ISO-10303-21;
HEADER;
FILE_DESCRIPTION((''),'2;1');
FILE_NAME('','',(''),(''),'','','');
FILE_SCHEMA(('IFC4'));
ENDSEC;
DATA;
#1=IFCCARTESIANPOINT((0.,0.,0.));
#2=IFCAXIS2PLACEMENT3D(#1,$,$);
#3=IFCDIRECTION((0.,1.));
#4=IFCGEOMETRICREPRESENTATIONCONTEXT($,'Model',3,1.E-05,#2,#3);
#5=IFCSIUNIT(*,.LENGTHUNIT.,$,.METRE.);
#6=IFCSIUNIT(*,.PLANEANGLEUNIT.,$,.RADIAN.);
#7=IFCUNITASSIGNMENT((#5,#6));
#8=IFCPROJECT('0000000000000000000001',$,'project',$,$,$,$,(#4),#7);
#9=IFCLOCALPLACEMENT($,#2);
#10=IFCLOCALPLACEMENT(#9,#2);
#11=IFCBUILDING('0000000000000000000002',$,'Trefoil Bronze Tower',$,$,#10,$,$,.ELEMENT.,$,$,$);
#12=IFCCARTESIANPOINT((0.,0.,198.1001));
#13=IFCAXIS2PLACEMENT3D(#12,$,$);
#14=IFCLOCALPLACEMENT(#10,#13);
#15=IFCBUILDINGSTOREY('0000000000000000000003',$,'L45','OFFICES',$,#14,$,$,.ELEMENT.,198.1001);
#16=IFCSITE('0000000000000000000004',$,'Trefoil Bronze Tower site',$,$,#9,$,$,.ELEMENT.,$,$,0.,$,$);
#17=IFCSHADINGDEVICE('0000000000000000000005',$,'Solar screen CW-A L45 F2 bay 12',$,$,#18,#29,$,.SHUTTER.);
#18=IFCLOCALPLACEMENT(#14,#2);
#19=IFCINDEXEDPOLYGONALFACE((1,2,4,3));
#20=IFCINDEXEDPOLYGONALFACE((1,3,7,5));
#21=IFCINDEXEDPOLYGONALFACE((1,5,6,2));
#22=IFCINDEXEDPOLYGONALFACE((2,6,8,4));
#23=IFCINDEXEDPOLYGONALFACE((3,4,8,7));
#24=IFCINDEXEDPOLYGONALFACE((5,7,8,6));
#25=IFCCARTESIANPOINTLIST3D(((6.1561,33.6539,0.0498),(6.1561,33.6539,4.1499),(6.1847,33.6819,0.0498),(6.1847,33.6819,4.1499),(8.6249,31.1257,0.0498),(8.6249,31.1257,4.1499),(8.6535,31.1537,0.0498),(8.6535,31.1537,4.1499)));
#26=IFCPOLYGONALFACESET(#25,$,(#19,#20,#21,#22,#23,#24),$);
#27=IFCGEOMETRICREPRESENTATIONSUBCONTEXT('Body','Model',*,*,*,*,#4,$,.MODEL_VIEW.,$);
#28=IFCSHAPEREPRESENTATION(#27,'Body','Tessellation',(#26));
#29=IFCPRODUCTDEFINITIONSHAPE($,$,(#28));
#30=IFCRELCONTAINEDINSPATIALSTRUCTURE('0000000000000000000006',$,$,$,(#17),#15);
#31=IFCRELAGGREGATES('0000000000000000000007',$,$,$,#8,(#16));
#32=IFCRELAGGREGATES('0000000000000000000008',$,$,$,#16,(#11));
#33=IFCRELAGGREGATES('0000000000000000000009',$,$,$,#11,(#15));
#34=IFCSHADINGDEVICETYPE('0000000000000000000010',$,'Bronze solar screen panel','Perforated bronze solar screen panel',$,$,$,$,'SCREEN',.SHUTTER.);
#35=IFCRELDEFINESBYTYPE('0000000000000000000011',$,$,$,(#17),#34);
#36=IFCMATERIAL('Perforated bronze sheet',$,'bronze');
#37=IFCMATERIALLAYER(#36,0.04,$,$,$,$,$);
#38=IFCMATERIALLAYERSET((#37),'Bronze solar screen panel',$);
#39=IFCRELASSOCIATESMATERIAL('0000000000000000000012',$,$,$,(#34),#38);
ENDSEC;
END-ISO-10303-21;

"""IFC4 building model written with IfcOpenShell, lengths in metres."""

from ifc_helpers import new_model, si_unit, direction, frame, origin, origin_2d, place, context, subcontext, project, spatial, rectangle, extrude, material, layer, layer_set, type_object, element, save


model = new_model("IFC4")

# Units and contexts
model_context = context("Model", 3, precision=1e-05, world=origin(), true_north=direction((0.0, 1.0)))
body_context = subcontext(model_context, "Body", "Model", "MODEL_VIEW")
ifc_project = project(units=[si_unit("LENGTHUNIT", "METRE"), si_unit("PLANEANGLEUNIT", "RADIAN")], contexts=[model_context])

# Site, building, storey
site_placement = place(None, origin())
site = spatial("IfcSite", under=ifc_project, at=site_placement, Name="Trefoil Bronze Tower site", CompositionType="ELEMENT", RefElevation=0.0)
building_placement = place(site_placement, origin())
building = spatial("IfcBuilding", under=site, at=building_placement, Name="Trefoil Bronze Tower", CompositionType="ELEMENT")
storey_placement = place(building_placement, frame((0.0, 0.0, 198.1001)))
storey = spatial("IfcBuildingStorey", under=building, at=storey_placement, Name="L45", Description="OFFICES", CompositionType="ELEMENT", Elevation=198.1001)

# Shading device
ifc_material_1 = material(Name="Perforated bronze sheet", Category="bronze")
ifc_layer_1 = layer(ifc_material_1, 0.04)
ifc_layer_set_1 = layer_set([ifc_layer_1], Name="Bronze solar screen panel")
shading_device_type = type_object("IfcShadingDeviceType", Name="Bronze solar screen panel", Description="Perforated bronze solar screen panel", ElementType="SCREEN", PredefinedType="SHUTTER", material=ifc_layer_set_1)
shading_device_1_placement = place(storey_placement, frame((7.4048, 32.4038, 0.0498), z_axis=(0.0, 0.0, 1.0), x_axis=(-0.698652, 0.715462, 0.0)))
element("IfcShadingDevice", 1, at=shading_device_1_placement, inside=storey, type_object=shading_device_type, Name="Solar screen CW-A L45 F2 bay 12", PredefinedType="SHUTTER", context=body_context, shape_type="SweptSolid", body=[
    extrude(rectangle(XDim=3.5337, YDim=0.04, at=origin_2d()), origin(), (0.0, 0.0, 1.0), 4.1001),
])

save(model, "model.ifc")
